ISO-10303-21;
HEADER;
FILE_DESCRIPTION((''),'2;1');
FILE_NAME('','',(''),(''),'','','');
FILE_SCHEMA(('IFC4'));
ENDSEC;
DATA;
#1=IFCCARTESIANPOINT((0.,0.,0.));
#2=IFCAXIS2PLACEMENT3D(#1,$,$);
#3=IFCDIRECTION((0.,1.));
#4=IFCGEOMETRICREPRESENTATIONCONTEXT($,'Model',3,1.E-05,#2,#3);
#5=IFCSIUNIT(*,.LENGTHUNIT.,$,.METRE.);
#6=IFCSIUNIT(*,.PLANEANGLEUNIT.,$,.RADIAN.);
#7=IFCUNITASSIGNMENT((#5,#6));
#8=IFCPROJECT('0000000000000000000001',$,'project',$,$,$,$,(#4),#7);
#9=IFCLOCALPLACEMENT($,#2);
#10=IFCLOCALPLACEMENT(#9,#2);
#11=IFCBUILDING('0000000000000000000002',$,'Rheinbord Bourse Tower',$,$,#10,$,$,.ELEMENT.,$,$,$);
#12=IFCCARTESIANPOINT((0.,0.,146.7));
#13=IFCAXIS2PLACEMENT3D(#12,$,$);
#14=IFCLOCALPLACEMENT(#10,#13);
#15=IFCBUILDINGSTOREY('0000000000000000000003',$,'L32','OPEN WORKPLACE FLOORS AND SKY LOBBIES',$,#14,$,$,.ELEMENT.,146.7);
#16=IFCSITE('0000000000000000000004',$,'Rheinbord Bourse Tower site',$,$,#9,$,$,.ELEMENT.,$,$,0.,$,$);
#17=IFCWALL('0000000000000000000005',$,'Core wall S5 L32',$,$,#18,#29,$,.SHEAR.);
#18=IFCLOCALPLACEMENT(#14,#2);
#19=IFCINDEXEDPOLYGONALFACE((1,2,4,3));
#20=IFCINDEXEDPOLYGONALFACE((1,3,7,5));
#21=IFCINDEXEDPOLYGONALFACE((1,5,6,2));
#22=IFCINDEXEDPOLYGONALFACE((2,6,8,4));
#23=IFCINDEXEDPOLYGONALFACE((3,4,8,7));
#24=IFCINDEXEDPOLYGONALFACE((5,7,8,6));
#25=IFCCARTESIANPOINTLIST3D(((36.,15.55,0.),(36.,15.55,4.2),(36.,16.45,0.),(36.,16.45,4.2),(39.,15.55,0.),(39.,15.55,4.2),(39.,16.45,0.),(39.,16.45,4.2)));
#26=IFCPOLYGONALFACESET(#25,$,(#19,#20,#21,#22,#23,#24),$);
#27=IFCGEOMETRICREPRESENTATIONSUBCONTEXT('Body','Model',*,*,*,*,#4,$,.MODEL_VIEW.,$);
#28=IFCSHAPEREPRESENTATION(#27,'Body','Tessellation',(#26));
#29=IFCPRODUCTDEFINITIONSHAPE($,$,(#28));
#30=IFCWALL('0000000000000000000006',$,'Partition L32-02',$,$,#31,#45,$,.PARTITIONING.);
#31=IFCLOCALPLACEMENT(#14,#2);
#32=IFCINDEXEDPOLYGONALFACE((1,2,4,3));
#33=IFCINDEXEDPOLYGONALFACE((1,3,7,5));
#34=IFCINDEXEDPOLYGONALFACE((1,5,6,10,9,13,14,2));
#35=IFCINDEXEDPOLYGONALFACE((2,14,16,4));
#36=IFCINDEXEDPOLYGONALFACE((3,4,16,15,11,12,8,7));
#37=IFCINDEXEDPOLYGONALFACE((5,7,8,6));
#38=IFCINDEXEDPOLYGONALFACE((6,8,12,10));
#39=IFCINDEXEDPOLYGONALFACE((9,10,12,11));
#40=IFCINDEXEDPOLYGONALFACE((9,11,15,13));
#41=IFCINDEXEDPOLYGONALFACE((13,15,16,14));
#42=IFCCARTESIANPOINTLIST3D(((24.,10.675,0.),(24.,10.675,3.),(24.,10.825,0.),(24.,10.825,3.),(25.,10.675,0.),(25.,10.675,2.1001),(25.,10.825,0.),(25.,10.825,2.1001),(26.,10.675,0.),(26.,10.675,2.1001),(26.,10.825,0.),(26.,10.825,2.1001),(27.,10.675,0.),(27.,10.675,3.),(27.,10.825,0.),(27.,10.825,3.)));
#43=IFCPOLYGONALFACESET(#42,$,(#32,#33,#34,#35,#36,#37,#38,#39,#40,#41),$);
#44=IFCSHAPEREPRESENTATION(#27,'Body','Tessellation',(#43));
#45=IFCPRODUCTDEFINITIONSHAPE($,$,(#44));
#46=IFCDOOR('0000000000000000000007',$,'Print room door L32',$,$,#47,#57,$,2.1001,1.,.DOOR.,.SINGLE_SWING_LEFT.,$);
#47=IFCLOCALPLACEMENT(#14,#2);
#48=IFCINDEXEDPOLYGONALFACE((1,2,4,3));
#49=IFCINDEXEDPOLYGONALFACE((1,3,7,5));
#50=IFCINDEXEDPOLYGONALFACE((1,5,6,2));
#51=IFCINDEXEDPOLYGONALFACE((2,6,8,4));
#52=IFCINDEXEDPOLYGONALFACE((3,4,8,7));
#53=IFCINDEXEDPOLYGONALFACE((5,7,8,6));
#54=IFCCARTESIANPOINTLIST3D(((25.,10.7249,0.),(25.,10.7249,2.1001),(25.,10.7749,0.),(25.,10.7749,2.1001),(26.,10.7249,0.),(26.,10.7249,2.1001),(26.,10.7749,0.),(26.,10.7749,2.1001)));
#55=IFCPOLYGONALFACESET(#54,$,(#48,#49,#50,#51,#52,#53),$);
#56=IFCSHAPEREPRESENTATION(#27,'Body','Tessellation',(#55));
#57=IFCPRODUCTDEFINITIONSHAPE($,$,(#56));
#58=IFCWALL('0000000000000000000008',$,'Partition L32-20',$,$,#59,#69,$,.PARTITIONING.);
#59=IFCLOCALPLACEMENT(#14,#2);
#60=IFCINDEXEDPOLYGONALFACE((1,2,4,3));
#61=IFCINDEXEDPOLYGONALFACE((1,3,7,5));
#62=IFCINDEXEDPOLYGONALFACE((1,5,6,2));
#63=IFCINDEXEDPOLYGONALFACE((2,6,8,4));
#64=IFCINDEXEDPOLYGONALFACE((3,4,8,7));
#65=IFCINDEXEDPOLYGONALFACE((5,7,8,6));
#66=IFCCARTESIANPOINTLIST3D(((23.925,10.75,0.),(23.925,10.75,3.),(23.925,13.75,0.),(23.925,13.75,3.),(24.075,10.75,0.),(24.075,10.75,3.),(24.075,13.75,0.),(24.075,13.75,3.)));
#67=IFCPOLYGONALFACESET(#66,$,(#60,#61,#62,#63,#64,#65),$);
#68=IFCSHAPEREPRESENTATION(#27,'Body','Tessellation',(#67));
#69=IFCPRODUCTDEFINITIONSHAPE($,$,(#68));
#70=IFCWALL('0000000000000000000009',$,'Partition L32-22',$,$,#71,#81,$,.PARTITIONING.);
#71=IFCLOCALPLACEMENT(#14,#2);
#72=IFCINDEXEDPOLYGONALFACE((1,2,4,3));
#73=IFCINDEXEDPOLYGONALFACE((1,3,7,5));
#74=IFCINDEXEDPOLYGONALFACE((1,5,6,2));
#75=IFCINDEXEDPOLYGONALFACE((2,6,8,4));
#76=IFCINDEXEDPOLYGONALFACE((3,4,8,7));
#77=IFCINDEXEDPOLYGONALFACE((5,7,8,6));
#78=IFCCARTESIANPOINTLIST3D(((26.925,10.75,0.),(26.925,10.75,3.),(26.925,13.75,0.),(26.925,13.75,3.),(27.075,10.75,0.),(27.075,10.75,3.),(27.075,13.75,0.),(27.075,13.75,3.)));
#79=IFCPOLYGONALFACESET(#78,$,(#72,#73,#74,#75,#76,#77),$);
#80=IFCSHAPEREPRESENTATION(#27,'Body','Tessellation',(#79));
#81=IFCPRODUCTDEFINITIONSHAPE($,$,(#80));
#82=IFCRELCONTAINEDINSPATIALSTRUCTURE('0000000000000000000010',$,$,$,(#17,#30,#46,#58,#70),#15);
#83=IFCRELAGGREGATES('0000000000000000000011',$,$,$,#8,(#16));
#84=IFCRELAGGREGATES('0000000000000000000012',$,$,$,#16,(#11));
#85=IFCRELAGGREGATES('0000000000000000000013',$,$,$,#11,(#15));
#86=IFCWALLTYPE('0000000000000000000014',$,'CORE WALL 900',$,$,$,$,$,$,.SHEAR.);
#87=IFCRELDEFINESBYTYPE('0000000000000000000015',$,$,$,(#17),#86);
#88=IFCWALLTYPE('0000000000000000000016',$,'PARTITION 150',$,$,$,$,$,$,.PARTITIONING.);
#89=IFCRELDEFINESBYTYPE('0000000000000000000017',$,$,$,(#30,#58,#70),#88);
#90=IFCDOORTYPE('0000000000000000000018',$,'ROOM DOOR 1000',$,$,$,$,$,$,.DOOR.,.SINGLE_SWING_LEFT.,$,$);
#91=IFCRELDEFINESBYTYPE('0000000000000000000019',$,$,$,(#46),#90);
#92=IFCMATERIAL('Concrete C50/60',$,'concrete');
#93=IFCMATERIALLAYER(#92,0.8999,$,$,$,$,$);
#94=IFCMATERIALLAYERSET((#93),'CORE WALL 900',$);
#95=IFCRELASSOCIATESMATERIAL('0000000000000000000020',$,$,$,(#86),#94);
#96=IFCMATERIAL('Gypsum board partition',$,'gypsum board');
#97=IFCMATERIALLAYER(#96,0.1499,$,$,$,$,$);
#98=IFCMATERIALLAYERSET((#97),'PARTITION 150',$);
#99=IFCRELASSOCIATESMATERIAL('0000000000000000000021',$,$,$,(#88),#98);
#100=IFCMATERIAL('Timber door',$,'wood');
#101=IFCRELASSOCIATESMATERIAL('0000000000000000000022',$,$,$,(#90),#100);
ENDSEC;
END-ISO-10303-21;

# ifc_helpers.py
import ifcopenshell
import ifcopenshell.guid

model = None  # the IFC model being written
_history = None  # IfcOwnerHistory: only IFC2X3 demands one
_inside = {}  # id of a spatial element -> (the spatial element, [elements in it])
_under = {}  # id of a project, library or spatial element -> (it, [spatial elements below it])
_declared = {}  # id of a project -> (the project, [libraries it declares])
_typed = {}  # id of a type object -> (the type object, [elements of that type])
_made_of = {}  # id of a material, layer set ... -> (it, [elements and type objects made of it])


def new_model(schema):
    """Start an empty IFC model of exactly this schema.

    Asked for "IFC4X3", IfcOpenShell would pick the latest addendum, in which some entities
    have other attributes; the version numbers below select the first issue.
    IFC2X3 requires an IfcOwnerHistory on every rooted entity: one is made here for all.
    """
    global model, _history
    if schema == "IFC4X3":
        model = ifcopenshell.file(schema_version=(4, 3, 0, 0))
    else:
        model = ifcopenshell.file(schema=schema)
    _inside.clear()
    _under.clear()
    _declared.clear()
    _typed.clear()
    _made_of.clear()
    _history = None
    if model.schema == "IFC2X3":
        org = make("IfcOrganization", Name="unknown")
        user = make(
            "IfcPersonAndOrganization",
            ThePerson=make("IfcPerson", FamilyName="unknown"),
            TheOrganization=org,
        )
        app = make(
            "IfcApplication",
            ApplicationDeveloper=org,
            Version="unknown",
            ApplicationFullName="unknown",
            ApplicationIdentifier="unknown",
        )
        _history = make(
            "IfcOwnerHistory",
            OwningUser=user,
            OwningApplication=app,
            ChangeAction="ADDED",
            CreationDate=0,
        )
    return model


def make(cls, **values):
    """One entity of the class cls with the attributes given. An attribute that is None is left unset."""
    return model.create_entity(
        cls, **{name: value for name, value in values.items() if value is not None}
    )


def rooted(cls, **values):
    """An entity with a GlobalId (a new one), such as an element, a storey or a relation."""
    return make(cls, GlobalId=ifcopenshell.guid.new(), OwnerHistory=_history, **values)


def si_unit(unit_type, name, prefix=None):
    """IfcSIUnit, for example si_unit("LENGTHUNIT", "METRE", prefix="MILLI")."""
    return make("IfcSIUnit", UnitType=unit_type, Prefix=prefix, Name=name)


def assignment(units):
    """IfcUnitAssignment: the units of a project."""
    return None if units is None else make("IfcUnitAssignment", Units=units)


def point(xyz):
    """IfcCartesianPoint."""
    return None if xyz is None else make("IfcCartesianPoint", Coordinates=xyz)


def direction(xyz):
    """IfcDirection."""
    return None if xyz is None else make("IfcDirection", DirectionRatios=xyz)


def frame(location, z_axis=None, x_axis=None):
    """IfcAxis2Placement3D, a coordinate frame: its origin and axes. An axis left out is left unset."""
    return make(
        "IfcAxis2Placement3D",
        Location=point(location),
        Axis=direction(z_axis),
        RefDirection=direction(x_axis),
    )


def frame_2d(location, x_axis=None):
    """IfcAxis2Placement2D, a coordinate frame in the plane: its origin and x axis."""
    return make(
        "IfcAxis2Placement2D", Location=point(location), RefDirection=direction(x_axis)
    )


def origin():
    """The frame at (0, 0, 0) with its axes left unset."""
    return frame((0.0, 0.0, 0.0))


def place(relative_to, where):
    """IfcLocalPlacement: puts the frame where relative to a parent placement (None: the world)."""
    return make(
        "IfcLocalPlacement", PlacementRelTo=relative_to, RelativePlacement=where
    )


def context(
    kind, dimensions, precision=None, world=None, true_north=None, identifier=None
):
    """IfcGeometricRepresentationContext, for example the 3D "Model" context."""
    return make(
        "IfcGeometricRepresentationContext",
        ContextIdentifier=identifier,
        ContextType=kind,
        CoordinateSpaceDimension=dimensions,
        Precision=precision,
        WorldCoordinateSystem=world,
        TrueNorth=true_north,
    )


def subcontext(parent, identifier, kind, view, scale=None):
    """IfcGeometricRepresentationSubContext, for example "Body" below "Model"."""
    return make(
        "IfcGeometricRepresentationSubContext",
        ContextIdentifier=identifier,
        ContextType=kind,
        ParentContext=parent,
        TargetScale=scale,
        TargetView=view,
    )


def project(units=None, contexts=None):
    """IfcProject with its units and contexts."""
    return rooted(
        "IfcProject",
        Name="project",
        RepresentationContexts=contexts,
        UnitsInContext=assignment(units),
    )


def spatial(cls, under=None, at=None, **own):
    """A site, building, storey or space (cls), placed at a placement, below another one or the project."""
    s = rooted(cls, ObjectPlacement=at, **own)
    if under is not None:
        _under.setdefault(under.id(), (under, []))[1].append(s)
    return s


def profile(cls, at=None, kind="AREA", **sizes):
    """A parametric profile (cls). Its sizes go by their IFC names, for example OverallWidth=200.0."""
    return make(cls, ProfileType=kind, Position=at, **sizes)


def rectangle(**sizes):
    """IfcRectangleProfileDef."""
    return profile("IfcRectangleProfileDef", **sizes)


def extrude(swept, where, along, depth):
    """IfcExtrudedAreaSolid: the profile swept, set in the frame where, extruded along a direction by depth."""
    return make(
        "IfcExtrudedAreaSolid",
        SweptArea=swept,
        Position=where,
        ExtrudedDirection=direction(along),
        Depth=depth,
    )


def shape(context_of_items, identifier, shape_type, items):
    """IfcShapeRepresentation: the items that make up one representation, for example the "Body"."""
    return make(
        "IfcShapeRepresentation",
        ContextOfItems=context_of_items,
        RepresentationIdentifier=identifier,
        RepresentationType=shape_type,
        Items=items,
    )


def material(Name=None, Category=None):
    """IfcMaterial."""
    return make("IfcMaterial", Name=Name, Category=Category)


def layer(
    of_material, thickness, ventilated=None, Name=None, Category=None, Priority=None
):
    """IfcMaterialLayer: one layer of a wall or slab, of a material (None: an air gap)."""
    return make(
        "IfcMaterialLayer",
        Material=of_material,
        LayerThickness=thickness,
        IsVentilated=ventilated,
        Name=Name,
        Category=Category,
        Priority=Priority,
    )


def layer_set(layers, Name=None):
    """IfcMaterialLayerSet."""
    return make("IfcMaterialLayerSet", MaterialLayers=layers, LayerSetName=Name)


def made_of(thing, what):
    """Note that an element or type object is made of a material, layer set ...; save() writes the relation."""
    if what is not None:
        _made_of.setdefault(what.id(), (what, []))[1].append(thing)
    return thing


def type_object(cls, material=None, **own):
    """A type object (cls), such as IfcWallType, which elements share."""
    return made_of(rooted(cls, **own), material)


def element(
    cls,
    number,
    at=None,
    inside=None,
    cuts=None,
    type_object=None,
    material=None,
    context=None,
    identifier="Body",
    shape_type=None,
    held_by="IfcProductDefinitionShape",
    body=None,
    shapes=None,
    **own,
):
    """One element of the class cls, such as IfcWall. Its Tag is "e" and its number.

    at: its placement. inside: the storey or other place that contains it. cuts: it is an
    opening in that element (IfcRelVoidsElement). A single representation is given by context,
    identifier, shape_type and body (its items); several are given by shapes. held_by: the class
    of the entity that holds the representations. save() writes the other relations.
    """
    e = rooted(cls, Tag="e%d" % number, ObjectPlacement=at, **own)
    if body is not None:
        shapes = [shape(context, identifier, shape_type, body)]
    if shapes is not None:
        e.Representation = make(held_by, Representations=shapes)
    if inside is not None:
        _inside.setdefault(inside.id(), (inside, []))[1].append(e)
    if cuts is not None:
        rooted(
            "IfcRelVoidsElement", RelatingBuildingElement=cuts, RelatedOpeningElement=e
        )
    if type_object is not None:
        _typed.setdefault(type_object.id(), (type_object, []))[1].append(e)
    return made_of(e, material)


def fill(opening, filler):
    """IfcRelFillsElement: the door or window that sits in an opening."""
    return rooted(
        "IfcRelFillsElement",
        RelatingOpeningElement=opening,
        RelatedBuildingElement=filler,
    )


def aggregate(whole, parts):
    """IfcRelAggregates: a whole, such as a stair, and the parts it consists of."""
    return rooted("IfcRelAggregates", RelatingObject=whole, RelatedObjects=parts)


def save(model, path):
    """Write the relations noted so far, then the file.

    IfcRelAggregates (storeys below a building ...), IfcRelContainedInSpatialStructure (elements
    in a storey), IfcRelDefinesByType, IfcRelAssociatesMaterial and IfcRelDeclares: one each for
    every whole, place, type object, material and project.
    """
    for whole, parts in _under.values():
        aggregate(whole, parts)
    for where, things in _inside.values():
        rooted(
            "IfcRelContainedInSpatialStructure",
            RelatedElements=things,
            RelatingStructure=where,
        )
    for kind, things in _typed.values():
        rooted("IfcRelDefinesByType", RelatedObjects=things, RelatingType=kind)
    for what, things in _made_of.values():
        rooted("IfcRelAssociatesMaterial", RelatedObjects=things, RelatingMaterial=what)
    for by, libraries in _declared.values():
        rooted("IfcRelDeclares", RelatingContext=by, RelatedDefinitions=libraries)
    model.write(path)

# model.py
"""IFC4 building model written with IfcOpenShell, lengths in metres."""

from ifc_helpers import new_model, si_unit, direction, frame, frame_2d, origin, place, context, subcontext, project, spatial, rectangle, extrude, material, layer, layer_set, type_object, element, fill, save


model = new_model("IFC4")

# Units and contexts
model_context = context("Model", 3, precision=1e-05, world=origin(), true_north=direction((0.0, 1.0)))
body_context = subcontext(model_context, "Body", "Model", "MODEL_VIEW")
ifc_project = project(units=[si_unit("LENGTHUNIT", "METRE"), si_unit("PLANEANGLEUNIT", "RADIAN")], contexts=[model_context])

# Site, building, storey
site_placement = place(None, origin())
site = spatial("IfcSite", under=ifc_project, at=site_placement, Name="Rheinbord Bourse Tower site", CompositionType="ELEMENT", RefElevation=0.0)
building_placement = place(site_placement, origin())
building = spatial("IfcBuilding", under=site, at=building_placement, Name="Rheinbord Bourse Tower", CompositionType="ELEMENT")
storey_placement = place(building_placement, frame((0.0, 0.0, 146.7)))
storey = spatial("IfcBuildingStorey", under=building, at=storey_placement, Name="L32", Description="OPEN WORKPLACE FLOORS AND SKY LOBBIES", CompositionType="ELEMENT", Elevation=146.7)

# Wall
ifc_material_1 = material(Name="Concrete C50/60", Category="concrete")
ifc_layer_1 = layer(ifc_material_1, 0.8999)
ifc_layer_set_1 = layer_set([ifc_layer_1], Name="CORE WALL 900")
wall_type_1 = type_object("IfcWallType", Name="CORE WALL 900", PredefinedType="SHEAR", material=ifc_layer_set_1)
for number, where, z_axis, x_axis, name in (
    (1, (36.0, 16.0, 0.0), (0.0, 0.0, 1.0), (1.0, 0.0, 0.0), "Core wall S5 L32"),
):
    element("IfcWall", number, at=place(storey_placement, frame(where, z_axis=z_axis, x_axis=x_axis)), inside=storey, type_object=wall_type_1, Name=name, PredefinedType="SHEAR", context=body_context, shape_type="SweptSolid", body=[
        extrude(rectangle(XDim=3.0, YDim=0.8999, at=frame_2d((1.5, 0.0))), origin(), (0.0, 0.0, 1.0), 4.2),
    ])

# Wall, opening, door
ifc_material_2 = material(Name="Gypsum board partition", Category="gypsum board")
ifc_layer_2 = layer(ifc_material_2, 0.1499)
ifc_layer_set_2 = layer_set([ifc_layer_2], Name="PARTITION 150")
wall_type_2 = type_object("IfcWallType", Name="PARTITION 150", PredefinedType="PARTITIONING", material=ifc_layer_set_2)
wall_1_placement = place(storey_placement, frame((24.0, 10.75, 0.0), z_axis=(0.0, 0.0, 1.0), x_axis=(1.0, 0.0, 0.0)))
wall_1 = element("IfcWall", 2, at=wall_1_placement, inside=storey, type_object=wall_type_2, Name="Partition L32-02", PredefinedType="PARTITIONING", context=body_context, shape_type="SweptSolid", body=[
    extrude(rectangle(XDim=3.0, YDim=0.1499, at=frame_2d((1.5, 0.0))), origin(), (0.0, 0.0, 1.0), 3.0),
])
opening_1_placement = place(wall_1_placement, frame((1.0, 0.0, 0.0)))
opening_1 = element("IfcOpeningElement", 3, at=opening_1_placement, cuts=wall_1, PredefinedType="OPENING", context=body_context, shape_type="SweptSolid", body=[
    extrude(rectangle(XDim=1.0, YDim=2.1001, at=frame_2d((0.5, 1.05))), frame((0.0, 0.085, 0.0), z_axis=(0.0, -1.0, 0.0), x_axis=(1.0, 0.0, 0.0)), (0.0, 0.0, 1.0), 0.1699),
])
ifc_material_3 = material(Name="Timber door", Category="wood")
door_type_1 = type_object("IfcDoorType", Name="ROOM DOOR 1000", OperationType="SINGLE_SWING_LEFT", PredefinedType="DOOR", material=ifc_material_3)
door_1_placement = place(opening_1_placement, origin())
door_1 = element("IfcDoor", 4, at=door_1_placement, inside=storey, type_object=door_type_1, Name="Print room door L32", OperationType="SINGLE_SWING_LEFT", OverallHeight=2.1001, OverallWidth=1.0, PredefinedType="DOOR", context=body_context, shape_type="SweptSolid", body=[
    extrude(rectangle(XDim=1.0, YDim=2.1001, at=frame_2d((0.5, 1.05))), frame((0.0, 0.0249, 0.0), z_axis=(0.0, -1.0, 0.0), x_axis=(1.0, 0.0, 0.0)), (0.0, 0.0, 1.0), 0.05),
])
fill(opening_1, door_1)

# Walls
for number, where, z_axis, x_axis, name in (
    (5, (24.0, 10.75, 0.0), (0.0, 0.0, 1.0), (0.0, 1.0, 0.0), "Partition L32-20"),
    (6, (27.0, 10.75, 0.0), (0.0, 0.0, 1.0), (0.0, 1.0, 0.0), "Partition L32-22"),
):
    element("IfcWall", number, at=place(storey_placement, frame(where, z_axis=z_axis, x_axis=x_axis)), inside=storey, type_object=wall_type_2, Name=name, PredefinedType="PARTITIONING", context=body_context, shape_type="SweptSolid", body=[
        extrude(rectangle(XDim=3.0, YDim=0.1499, at=frame_2d((1.5, 0.0))), origin(), (0.0, 0.0, 1.0), 3.0),
    ])

save(model, "model.ifc")
